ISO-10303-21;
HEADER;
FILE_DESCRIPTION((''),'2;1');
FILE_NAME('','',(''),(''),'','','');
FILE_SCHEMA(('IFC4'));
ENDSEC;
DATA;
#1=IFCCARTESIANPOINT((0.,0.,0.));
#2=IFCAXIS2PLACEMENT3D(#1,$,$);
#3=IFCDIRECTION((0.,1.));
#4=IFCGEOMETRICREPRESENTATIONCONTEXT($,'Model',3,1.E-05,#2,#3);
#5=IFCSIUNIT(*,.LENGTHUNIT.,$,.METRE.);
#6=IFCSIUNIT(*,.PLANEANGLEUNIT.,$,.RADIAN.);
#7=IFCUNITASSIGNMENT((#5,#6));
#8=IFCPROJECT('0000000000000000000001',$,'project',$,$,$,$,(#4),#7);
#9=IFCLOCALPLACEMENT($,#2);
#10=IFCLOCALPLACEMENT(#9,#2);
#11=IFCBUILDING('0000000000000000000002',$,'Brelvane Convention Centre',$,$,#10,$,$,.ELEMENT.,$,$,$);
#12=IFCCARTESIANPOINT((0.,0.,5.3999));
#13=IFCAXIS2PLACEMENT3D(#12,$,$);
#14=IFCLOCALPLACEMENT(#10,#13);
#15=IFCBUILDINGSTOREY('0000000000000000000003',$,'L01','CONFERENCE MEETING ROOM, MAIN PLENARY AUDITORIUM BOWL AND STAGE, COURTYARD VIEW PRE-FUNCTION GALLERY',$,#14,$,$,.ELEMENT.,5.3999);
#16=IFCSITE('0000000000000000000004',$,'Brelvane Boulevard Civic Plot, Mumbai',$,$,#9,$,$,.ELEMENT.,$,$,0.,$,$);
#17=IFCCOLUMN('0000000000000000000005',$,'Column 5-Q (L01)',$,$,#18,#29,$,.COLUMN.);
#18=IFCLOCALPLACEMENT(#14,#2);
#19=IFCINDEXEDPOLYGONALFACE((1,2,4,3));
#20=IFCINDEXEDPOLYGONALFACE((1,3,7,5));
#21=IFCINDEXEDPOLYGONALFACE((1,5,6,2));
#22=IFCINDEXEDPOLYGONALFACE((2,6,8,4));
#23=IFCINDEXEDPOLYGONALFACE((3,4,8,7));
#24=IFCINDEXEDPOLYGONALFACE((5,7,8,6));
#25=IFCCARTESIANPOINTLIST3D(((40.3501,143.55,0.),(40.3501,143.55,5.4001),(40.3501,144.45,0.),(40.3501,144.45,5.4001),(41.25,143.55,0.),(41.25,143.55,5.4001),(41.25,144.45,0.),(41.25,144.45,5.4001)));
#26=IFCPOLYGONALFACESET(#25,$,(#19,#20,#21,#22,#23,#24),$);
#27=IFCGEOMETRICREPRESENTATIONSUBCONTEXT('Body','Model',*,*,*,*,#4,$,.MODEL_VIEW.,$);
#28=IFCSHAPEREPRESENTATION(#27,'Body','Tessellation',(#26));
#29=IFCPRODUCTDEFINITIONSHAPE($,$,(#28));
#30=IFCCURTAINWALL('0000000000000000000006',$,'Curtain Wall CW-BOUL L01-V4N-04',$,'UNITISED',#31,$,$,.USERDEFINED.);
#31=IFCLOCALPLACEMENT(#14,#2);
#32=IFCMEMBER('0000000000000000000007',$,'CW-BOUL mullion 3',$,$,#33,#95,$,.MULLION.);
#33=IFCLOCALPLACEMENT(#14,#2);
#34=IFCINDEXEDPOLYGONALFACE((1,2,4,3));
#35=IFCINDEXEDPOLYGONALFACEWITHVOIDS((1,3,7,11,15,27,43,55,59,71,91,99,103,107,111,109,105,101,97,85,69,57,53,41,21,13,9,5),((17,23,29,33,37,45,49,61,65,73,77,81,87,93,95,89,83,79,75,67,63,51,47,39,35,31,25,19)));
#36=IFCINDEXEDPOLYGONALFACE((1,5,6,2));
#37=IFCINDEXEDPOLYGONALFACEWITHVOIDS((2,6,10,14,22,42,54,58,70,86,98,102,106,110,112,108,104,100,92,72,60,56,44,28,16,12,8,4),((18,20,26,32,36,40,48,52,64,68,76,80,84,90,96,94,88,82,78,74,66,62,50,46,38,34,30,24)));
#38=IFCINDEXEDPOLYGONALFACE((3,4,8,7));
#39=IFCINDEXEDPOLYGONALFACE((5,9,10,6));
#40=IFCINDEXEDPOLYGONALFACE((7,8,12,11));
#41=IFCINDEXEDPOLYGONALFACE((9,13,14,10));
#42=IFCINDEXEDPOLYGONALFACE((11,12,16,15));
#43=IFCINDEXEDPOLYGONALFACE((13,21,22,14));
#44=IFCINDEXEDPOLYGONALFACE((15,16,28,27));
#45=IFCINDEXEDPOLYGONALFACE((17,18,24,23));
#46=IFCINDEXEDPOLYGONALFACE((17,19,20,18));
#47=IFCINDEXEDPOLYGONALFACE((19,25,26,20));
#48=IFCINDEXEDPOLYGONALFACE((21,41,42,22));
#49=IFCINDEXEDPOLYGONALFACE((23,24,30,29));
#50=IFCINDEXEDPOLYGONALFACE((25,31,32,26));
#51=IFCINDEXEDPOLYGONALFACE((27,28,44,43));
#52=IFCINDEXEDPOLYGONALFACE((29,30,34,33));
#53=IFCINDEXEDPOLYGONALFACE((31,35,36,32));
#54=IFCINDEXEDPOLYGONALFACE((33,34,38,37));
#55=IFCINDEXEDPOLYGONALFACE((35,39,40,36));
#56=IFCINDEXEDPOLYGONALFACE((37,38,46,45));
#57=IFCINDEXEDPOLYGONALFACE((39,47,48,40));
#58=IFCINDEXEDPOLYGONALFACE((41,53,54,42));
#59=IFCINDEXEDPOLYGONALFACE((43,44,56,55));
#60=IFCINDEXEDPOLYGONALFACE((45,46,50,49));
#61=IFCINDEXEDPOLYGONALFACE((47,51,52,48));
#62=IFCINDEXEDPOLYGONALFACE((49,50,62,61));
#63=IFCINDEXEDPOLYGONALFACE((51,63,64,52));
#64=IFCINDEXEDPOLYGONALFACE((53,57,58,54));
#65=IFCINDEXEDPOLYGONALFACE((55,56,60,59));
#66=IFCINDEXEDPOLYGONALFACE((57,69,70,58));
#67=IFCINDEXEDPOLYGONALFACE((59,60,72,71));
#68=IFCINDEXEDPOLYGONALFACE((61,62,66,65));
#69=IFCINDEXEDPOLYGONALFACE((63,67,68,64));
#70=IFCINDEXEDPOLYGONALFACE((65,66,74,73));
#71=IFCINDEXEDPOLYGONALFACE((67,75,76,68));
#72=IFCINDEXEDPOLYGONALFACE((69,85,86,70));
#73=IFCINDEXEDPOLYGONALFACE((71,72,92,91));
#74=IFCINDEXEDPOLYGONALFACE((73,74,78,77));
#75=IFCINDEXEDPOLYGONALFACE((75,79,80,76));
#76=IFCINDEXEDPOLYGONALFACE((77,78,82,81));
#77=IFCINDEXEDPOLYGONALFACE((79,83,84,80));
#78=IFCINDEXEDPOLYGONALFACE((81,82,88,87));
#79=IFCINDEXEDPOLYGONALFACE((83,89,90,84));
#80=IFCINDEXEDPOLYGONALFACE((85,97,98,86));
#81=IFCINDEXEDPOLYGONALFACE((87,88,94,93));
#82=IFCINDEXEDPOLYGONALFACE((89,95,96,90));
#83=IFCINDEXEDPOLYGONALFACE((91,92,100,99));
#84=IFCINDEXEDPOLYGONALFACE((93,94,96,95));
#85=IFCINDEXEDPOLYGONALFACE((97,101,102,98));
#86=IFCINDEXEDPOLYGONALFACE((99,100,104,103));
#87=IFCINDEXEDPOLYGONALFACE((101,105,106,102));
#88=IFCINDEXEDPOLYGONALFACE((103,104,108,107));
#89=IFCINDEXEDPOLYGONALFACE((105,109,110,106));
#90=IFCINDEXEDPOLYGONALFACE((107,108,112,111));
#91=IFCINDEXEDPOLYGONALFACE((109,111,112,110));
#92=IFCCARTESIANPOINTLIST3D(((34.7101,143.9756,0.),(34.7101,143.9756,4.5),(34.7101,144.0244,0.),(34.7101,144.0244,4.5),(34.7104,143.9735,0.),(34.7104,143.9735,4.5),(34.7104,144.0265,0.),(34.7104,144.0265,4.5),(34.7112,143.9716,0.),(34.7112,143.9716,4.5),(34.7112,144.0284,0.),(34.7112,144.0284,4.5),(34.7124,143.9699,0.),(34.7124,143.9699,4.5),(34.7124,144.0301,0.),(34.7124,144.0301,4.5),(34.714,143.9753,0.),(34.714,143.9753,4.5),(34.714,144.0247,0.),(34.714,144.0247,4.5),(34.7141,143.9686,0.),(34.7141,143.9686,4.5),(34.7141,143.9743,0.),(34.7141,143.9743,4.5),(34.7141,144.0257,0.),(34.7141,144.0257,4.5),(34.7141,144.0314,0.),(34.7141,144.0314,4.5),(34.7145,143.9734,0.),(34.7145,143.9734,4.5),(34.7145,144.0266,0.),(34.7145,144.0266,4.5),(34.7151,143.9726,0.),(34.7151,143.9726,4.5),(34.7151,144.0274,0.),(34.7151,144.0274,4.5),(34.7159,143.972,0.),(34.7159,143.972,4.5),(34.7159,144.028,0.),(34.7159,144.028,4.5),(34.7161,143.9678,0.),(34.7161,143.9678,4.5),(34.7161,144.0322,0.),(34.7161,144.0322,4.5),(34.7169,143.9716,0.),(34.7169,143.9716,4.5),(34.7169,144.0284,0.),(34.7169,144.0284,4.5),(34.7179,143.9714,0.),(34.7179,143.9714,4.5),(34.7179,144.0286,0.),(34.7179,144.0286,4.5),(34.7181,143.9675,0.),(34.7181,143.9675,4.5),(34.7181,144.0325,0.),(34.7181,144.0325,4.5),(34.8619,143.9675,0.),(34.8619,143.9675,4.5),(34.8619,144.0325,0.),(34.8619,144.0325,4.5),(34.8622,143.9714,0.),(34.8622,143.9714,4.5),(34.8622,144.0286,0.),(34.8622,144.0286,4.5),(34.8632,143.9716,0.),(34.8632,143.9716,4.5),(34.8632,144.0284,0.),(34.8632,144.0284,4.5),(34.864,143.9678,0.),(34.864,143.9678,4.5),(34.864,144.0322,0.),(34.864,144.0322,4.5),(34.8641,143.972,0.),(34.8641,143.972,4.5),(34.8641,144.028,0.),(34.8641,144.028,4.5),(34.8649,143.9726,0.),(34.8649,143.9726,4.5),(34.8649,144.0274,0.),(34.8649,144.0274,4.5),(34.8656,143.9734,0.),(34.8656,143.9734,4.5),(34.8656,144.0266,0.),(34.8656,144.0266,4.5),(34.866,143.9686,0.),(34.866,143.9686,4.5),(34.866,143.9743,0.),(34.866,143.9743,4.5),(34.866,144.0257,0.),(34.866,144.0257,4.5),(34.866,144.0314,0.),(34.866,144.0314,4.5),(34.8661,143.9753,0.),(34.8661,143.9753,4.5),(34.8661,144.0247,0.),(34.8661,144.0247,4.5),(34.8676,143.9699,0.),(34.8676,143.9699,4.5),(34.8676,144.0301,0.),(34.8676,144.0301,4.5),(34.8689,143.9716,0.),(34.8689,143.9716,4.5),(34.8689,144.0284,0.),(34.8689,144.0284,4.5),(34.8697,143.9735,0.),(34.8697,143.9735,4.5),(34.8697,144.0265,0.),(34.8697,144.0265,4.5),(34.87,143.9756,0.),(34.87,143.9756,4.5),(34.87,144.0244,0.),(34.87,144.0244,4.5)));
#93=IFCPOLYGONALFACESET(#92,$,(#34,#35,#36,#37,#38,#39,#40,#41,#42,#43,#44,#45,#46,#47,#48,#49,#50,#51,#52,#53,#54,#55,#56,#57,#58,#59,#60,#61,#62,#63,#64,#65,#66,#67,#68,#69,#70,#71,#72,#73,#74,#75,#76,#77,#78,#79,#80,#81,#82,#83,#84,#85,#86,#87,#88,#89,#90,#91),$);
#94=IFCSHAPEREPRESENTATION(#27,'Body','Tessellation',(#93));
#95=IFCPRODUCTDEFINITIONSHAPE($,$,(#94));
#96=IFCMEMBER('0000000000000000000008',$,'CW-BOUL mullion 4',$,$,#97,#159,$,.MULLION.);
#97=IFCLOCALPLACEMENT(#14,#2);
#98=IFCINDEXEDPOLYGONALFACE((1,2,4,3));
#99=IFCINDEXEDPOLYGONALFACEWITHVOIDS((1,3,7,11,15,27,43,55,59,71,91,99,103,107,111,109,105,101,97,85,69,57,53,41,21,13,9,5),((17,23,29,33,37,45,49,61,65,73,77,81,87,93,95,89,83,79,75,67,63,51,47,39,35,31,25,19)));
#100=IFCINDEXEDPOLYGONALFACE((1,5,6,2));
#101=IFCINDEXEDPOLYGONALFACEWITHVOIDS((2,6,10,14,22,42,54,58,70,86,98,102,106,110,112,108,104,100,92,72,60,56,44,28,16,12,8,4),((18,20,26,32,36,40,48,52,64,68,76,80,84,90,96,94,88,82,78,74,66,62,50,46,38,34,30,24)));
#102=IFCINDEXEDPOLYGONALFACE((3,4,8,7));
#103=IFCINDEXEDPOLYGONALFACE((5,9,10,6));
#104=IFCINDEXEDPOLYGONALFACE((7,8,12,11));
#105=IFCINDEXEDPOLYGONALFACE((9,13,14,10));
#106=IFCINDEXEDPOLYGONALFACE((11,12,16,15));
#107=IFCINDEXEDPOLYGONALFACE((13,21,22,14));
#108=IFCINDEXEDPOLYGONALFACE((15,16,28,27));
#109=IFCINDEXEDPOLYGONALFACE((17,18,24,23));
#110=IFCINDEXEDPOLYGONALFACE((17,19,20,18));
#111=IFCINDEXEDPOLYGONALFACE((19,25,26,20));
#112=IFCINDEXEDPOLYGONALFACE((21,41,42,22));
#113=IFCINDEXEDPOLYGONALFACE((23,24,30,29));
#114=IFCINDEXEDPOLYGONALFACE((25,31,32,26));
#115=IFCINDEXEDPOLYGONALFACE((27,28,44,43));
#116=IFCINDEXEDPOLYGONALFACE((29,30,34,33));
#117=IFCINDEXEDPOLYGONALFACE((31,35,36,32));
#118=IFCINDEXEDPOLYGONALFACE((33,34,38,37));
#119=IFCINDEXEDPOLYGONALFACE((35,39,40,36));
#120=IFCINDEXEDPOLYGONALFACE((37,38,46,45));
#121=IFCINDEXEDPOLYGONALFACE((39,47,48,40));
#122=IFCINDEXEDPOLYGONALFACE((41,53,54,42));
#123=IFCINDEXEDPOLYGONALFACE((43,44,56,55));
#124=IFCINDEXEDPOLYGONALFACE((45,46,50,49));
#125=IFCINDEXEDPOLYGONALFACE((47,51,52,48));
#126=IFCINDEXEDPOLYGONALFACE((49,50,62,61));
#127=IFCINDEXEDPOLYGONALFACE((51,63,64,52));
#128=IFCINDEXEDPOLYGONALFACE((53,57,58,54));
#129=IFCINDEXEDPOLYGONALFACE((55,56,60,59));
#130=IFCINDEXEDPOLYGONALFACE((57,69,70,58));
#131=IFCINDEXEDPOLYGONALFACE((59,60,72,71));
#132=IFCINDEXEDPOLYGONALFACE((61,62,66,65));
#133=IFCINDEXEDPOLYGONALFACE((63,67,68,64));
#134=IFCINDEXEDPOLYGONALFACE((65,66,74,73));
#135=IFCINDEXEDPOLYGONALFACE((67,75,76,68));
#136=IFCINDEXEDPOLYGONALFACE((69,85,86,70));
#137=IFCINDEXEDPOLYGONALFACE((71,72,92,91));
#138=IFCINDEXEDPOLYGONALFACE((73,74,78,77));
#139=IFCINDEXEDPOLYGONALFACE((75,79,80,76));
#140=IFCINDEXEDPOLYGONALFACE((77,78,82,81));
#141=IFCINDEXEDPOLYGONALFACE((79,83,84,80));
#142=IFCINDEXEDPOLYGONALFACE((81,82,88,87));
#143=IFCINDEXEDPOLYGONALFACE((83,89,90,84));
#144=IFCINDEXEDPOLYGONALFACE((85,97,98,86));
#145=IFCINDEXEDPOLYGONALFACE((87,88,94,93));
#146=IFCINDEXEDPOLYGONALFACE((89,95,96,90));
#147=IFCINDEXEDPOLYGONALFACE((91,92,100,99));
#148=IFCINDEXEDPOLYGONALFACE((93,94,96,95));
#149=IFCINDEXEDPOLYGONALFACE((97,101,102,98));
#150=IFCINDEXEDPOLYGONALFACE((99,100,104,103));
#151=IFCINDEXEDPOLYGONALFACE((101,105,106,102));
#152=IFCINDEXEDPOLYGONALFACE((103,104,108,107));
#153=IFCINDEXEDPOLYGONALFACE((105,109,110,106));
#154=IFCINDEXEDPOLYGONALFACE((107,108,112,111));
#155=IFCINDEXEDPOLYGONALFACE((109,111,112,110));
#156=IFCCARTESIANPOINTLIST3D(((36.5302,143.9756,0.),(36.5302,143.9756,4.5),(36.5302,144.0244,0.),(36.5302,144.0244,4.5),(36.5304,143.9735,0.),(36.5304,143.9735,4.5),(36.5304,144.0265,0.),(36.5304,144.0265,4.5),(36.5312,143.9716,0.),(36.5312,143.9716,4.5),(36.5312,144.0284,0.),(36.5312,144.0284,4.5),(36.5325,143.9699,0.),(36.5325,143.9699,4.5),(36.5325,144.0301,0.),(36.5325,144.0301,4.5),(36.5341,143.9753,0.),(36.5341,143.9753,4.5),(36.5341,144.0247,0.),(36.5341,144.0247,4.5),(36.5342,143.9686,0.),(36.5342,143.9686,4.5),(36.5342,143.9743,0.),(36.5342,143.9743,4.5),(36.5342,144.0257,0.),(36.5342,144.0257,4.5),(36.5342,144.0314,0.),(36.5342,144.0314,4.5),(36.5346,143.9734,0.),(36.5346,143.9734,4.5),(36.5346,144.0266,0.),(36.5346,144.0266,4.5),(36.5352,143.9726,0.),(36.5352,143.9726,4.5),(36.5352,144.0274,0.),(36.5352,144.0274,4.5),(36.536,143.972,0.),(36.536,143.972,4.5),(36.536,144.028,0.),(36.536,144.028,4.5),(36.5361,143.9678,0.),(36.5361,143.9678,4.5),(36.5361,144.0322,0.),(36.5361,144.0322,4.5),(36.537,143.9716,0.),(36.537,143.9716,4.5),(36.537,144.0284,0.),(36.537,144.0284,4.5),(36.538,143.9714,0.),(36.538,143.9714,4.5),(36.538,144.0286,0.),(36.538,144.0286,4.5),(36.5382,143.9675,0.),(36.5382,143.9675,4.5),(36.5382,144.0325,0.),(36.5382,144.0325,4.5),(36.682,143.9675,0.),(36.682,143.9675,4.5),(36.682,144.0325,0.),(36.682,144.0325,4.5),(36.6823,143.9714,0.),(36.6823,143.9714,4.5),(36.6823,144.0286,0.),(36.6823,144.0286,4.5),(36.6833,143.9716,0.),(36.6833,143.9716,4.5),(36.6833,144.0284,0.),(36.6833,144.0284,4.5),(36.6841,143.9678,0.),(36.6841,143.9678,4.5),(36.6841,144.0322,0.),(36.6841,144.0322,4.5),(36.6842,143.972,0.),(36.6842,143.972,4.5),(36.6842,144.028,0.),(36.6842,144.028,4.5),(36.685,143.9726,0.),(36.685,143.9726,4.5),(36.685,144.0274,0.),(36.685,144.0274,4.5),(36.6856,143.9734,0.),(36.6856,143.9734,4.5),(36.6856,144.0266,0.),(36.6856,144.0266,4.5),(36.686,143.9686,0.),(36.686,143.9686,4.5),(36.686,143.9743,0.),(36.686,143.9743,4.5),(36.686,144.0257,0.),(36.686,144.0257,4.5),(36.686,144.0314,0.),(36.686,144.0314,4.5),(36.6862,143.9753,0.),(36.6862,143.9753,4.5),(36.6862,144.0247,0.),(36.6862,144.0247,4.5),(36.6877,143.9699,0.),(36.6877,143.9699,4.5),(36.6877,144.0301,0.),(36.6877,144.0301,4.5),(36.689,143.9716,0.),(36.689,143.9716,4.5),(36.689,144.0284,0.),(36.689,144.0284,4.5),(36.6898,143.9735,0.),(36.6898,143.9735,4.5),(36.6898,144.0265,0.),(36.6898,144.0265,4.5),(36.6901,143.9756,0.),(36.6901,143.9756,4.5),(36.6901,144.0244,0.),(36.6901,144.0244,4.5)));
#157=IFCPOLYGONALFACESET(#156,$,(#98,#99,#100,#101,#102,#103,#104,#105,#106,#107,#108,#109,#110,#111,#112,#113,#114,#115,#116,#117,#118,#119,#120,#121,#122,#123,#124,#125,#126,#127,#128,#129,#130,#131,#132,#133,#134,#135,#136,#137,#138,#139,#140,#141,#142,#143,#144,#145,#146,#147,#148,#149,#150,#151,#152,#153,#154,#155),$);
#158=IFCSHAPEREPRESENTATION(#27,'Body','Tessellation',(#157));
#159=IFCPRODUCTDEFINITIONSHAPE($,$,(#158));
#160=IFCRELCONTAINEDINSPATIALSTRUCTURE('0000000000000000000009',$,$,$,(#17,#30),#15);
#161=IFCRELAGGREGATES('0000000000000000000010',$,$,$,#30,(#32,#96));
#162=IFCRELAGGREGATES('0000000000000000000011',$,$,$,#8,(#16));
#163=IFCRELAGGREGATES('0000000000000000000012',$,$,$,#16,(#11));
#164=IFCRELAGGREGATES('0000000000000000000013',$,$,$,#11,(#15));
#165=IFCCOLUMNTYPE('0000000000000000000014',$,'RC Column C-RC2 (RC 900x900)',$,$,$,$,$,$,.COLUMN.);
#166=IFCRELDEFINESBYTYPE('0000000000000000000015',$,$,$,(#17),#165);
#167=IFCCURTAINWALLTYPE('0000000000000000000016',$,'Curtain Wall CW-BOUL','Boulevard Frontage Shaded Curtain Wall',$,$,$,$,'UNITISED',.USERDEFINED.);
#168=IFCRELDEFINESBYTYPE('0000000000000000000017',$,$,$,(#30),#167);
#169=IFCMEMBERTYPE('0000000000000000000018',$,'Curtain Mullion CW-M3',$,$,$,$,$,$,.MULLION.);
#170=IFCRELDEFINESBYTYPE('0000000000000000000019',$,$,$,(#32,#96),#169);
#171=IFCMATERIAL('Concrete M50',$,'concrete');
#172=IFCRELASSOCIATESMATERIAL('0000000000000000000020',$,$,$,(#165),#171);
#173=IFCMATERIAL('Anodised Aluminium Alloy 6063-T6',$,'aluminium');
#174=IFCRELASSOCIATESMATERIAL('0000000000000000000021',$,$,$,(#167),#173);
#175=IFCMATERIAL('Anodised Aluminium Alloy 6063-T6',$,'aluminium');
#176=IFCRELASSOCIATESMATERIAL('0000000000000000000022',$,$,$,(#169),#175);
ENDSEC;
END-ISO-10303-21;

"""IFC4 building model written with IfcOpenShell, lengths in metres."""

from ifc_helpers import new_model, si_unit, direction, frame, origin, origin_2d, place, context, subcontext, project, spatial, rectangle, hollow_rectangle, extrude, material, material_profile, profile_set, type_object, element, aggregate, save


model = new_model("IFC4")

# Units and contexts
model_context = context("Model", 3, precision=1e-05, world=origin(), true_north=direction((0.0, 1.0)))
body_context = subcontext(model_context, "Body", "Model", "MODEL_VIEW")
ifc_project = project(units=[si_unit("LENGTHUNIT", "METRE"), si_unit("PLANEANGLEUNIT", "RADIAN")], contexts=[model_context])

# Site, building, storey
site_placement = place(None, origin())
site = spatial("IfcSite", under=ifc_project, at=site_placement, Name="Brelvane Boulevard Civic Plot, Mumbai", CompositionType="ELEMENT", RefElevation=0.0)
building_placement = place(site_placement, origin())
building = spatial("IfcBuilding", under=site, at=building_placement, Name="Brelvane Convention Centre", CompositionType="ELEMENT")
storey_placement = place(building_placement, frame((0.0, 0.0, 5.3999)))
storey = spatial("IfcBuildingStorey", under=building, at=storey_placement, Name="L01", Description="CONFERENCE MEETING ROOM, MAIN PLENARY AUDITORIUM BOWL AND STAGE, COURTYARD VIEW PRE-FUNCTION GALLERY", CompositionType="ELEMENT", Elevation=5.3999)

# Column
ifc_material_1 = material(Name="Concrete M50", Category="concrete")
ifc_material_profile_1 = material_profile(ifc_material_1, rectangle(XDim=0.8999, YDim=0.8999, at=origin_2d()), Name="RC 900x900")
ifc_profile_set_1 = profile_set([ifc_material_profile_1], Name="Concrete M50")
column_type = type_object("IfcColumnType", Name="RC Column C-RC2 (RC 900x900)", PredefinedType="COLUMN", material=ifc_profile_set_1)
column_placement = place(storey_placement, frame((40.8, 144.0, 0.0), z_axis=(0.0, 0.0, 1.0), x_axis=(1.0, 0.0, 0.0)))
element("IfcColumn", 1, at=column_placement, inside=storey, type_object=column_type, Name="Column 5-Q (L01)", PredefinedType="COLUMN", context=body_context, shape_type="SweptSolid", body=[
    extrude(rectangle(XDim=0.8999, YDim=0.8999, at=origin_2d()), origin(), (0.0, 0.0, 1.0), 5.4001),
])

# Curtain wall, members
ifc_material_2 = material(Name="Anodised Aluminium Alloy 6063-T6", Category="aluminium")
curtain_wall_type = type_object("IfcCurtainWallType", Name="Curtain Wall CW-BOUL", Description="Boulevard Frontage Shaded Curtain Wall", ElementType="UNITISED", PredefinedType="USERDEFINED", material=ifc_material_2)
curtain_wall_placement = place(storey_placement, origin())
curtain_wall = element("IfcCurtainWall", 2, at=curtain_wall_placement, inside=storey, type_object=curtain_wall_type, Name="Curtain Wall CW-BOUL L01-V4N-04", ObjectType="UNITISED", PredefinedType="USERDEFINED")
ifc_material_3 = material(Name="Anodised Aluminium Alloy 6063-T6", Category="aluminium")
ifc_material_profile_2 = material_profile(ifc_material_3, hollow_rectangle(XDim=0.0649, YDim=0.1599, WallThickness=0.0039, InnerFilletRadius=0.0039, OuterFilletRadius=0.0081, at=origin_2d()), Name="ALU-M 160x65x4.0")
ifc_profile_set_2 = profile_set([ifc_material_profile_2], Name="Anodised Aluminium Alloy 6063-T6")
member_type_1 = type_object("IfcMemberType", Name="Curtain Mullion CW-M3", PredefinedType="MULLION", material=ifc_profile_set_2)
member_1_placement = place(storey_placement, frame((34.79, 144.0, 0.0), z_axis=(0.0, 0.0, 1.0), x_axis=(0.0, 1.0, 0.0)))
member_1 = element("IfcMember", 3, at=member_1_placement, type_object=member_type_1, Name="CW-BOUL mullion 3", PredefinedType="MULLION", context=body_context, shape_type="SweptSolid", body=[
    extrude(hollow_rectangle(XDim=0.0649, YDim=0.1599, WallThickness=0.0039, InnerFilletRadius=0.0039, OuterFilletRadius=0.0081, at=origin_2d()), origin(), (0.0, 0.0, 1.0), 4.5),
])
member_2_placement = place(storey_placement, frame((36.6101, 144.0, 0.0), z_axis=(0.0, 0.0, 1.0), x_axis=(0.0, 1.0, 0.0)))
member_2 = element("IfcMember", 4, at=member_2_placement, type_object=member_type_1, Name="CW-BOUL mullion 4", PredefinedType="MULLION", context=body_context, shape_type="SweptSolid", body=[
    extrude(hollow_rectangle(XDim=0.0649, YDim=0.1599, WallThickness=0.0039, InnerFilletRadius=0.0039, OuterFilletRadius=0.0081, at=origin_2d()), origin(), (0.0, 0.0, 1.0), 4.5),
])

aggregate(curtain_wall, [member_1, member_2])

save(model, "model.ifc")
